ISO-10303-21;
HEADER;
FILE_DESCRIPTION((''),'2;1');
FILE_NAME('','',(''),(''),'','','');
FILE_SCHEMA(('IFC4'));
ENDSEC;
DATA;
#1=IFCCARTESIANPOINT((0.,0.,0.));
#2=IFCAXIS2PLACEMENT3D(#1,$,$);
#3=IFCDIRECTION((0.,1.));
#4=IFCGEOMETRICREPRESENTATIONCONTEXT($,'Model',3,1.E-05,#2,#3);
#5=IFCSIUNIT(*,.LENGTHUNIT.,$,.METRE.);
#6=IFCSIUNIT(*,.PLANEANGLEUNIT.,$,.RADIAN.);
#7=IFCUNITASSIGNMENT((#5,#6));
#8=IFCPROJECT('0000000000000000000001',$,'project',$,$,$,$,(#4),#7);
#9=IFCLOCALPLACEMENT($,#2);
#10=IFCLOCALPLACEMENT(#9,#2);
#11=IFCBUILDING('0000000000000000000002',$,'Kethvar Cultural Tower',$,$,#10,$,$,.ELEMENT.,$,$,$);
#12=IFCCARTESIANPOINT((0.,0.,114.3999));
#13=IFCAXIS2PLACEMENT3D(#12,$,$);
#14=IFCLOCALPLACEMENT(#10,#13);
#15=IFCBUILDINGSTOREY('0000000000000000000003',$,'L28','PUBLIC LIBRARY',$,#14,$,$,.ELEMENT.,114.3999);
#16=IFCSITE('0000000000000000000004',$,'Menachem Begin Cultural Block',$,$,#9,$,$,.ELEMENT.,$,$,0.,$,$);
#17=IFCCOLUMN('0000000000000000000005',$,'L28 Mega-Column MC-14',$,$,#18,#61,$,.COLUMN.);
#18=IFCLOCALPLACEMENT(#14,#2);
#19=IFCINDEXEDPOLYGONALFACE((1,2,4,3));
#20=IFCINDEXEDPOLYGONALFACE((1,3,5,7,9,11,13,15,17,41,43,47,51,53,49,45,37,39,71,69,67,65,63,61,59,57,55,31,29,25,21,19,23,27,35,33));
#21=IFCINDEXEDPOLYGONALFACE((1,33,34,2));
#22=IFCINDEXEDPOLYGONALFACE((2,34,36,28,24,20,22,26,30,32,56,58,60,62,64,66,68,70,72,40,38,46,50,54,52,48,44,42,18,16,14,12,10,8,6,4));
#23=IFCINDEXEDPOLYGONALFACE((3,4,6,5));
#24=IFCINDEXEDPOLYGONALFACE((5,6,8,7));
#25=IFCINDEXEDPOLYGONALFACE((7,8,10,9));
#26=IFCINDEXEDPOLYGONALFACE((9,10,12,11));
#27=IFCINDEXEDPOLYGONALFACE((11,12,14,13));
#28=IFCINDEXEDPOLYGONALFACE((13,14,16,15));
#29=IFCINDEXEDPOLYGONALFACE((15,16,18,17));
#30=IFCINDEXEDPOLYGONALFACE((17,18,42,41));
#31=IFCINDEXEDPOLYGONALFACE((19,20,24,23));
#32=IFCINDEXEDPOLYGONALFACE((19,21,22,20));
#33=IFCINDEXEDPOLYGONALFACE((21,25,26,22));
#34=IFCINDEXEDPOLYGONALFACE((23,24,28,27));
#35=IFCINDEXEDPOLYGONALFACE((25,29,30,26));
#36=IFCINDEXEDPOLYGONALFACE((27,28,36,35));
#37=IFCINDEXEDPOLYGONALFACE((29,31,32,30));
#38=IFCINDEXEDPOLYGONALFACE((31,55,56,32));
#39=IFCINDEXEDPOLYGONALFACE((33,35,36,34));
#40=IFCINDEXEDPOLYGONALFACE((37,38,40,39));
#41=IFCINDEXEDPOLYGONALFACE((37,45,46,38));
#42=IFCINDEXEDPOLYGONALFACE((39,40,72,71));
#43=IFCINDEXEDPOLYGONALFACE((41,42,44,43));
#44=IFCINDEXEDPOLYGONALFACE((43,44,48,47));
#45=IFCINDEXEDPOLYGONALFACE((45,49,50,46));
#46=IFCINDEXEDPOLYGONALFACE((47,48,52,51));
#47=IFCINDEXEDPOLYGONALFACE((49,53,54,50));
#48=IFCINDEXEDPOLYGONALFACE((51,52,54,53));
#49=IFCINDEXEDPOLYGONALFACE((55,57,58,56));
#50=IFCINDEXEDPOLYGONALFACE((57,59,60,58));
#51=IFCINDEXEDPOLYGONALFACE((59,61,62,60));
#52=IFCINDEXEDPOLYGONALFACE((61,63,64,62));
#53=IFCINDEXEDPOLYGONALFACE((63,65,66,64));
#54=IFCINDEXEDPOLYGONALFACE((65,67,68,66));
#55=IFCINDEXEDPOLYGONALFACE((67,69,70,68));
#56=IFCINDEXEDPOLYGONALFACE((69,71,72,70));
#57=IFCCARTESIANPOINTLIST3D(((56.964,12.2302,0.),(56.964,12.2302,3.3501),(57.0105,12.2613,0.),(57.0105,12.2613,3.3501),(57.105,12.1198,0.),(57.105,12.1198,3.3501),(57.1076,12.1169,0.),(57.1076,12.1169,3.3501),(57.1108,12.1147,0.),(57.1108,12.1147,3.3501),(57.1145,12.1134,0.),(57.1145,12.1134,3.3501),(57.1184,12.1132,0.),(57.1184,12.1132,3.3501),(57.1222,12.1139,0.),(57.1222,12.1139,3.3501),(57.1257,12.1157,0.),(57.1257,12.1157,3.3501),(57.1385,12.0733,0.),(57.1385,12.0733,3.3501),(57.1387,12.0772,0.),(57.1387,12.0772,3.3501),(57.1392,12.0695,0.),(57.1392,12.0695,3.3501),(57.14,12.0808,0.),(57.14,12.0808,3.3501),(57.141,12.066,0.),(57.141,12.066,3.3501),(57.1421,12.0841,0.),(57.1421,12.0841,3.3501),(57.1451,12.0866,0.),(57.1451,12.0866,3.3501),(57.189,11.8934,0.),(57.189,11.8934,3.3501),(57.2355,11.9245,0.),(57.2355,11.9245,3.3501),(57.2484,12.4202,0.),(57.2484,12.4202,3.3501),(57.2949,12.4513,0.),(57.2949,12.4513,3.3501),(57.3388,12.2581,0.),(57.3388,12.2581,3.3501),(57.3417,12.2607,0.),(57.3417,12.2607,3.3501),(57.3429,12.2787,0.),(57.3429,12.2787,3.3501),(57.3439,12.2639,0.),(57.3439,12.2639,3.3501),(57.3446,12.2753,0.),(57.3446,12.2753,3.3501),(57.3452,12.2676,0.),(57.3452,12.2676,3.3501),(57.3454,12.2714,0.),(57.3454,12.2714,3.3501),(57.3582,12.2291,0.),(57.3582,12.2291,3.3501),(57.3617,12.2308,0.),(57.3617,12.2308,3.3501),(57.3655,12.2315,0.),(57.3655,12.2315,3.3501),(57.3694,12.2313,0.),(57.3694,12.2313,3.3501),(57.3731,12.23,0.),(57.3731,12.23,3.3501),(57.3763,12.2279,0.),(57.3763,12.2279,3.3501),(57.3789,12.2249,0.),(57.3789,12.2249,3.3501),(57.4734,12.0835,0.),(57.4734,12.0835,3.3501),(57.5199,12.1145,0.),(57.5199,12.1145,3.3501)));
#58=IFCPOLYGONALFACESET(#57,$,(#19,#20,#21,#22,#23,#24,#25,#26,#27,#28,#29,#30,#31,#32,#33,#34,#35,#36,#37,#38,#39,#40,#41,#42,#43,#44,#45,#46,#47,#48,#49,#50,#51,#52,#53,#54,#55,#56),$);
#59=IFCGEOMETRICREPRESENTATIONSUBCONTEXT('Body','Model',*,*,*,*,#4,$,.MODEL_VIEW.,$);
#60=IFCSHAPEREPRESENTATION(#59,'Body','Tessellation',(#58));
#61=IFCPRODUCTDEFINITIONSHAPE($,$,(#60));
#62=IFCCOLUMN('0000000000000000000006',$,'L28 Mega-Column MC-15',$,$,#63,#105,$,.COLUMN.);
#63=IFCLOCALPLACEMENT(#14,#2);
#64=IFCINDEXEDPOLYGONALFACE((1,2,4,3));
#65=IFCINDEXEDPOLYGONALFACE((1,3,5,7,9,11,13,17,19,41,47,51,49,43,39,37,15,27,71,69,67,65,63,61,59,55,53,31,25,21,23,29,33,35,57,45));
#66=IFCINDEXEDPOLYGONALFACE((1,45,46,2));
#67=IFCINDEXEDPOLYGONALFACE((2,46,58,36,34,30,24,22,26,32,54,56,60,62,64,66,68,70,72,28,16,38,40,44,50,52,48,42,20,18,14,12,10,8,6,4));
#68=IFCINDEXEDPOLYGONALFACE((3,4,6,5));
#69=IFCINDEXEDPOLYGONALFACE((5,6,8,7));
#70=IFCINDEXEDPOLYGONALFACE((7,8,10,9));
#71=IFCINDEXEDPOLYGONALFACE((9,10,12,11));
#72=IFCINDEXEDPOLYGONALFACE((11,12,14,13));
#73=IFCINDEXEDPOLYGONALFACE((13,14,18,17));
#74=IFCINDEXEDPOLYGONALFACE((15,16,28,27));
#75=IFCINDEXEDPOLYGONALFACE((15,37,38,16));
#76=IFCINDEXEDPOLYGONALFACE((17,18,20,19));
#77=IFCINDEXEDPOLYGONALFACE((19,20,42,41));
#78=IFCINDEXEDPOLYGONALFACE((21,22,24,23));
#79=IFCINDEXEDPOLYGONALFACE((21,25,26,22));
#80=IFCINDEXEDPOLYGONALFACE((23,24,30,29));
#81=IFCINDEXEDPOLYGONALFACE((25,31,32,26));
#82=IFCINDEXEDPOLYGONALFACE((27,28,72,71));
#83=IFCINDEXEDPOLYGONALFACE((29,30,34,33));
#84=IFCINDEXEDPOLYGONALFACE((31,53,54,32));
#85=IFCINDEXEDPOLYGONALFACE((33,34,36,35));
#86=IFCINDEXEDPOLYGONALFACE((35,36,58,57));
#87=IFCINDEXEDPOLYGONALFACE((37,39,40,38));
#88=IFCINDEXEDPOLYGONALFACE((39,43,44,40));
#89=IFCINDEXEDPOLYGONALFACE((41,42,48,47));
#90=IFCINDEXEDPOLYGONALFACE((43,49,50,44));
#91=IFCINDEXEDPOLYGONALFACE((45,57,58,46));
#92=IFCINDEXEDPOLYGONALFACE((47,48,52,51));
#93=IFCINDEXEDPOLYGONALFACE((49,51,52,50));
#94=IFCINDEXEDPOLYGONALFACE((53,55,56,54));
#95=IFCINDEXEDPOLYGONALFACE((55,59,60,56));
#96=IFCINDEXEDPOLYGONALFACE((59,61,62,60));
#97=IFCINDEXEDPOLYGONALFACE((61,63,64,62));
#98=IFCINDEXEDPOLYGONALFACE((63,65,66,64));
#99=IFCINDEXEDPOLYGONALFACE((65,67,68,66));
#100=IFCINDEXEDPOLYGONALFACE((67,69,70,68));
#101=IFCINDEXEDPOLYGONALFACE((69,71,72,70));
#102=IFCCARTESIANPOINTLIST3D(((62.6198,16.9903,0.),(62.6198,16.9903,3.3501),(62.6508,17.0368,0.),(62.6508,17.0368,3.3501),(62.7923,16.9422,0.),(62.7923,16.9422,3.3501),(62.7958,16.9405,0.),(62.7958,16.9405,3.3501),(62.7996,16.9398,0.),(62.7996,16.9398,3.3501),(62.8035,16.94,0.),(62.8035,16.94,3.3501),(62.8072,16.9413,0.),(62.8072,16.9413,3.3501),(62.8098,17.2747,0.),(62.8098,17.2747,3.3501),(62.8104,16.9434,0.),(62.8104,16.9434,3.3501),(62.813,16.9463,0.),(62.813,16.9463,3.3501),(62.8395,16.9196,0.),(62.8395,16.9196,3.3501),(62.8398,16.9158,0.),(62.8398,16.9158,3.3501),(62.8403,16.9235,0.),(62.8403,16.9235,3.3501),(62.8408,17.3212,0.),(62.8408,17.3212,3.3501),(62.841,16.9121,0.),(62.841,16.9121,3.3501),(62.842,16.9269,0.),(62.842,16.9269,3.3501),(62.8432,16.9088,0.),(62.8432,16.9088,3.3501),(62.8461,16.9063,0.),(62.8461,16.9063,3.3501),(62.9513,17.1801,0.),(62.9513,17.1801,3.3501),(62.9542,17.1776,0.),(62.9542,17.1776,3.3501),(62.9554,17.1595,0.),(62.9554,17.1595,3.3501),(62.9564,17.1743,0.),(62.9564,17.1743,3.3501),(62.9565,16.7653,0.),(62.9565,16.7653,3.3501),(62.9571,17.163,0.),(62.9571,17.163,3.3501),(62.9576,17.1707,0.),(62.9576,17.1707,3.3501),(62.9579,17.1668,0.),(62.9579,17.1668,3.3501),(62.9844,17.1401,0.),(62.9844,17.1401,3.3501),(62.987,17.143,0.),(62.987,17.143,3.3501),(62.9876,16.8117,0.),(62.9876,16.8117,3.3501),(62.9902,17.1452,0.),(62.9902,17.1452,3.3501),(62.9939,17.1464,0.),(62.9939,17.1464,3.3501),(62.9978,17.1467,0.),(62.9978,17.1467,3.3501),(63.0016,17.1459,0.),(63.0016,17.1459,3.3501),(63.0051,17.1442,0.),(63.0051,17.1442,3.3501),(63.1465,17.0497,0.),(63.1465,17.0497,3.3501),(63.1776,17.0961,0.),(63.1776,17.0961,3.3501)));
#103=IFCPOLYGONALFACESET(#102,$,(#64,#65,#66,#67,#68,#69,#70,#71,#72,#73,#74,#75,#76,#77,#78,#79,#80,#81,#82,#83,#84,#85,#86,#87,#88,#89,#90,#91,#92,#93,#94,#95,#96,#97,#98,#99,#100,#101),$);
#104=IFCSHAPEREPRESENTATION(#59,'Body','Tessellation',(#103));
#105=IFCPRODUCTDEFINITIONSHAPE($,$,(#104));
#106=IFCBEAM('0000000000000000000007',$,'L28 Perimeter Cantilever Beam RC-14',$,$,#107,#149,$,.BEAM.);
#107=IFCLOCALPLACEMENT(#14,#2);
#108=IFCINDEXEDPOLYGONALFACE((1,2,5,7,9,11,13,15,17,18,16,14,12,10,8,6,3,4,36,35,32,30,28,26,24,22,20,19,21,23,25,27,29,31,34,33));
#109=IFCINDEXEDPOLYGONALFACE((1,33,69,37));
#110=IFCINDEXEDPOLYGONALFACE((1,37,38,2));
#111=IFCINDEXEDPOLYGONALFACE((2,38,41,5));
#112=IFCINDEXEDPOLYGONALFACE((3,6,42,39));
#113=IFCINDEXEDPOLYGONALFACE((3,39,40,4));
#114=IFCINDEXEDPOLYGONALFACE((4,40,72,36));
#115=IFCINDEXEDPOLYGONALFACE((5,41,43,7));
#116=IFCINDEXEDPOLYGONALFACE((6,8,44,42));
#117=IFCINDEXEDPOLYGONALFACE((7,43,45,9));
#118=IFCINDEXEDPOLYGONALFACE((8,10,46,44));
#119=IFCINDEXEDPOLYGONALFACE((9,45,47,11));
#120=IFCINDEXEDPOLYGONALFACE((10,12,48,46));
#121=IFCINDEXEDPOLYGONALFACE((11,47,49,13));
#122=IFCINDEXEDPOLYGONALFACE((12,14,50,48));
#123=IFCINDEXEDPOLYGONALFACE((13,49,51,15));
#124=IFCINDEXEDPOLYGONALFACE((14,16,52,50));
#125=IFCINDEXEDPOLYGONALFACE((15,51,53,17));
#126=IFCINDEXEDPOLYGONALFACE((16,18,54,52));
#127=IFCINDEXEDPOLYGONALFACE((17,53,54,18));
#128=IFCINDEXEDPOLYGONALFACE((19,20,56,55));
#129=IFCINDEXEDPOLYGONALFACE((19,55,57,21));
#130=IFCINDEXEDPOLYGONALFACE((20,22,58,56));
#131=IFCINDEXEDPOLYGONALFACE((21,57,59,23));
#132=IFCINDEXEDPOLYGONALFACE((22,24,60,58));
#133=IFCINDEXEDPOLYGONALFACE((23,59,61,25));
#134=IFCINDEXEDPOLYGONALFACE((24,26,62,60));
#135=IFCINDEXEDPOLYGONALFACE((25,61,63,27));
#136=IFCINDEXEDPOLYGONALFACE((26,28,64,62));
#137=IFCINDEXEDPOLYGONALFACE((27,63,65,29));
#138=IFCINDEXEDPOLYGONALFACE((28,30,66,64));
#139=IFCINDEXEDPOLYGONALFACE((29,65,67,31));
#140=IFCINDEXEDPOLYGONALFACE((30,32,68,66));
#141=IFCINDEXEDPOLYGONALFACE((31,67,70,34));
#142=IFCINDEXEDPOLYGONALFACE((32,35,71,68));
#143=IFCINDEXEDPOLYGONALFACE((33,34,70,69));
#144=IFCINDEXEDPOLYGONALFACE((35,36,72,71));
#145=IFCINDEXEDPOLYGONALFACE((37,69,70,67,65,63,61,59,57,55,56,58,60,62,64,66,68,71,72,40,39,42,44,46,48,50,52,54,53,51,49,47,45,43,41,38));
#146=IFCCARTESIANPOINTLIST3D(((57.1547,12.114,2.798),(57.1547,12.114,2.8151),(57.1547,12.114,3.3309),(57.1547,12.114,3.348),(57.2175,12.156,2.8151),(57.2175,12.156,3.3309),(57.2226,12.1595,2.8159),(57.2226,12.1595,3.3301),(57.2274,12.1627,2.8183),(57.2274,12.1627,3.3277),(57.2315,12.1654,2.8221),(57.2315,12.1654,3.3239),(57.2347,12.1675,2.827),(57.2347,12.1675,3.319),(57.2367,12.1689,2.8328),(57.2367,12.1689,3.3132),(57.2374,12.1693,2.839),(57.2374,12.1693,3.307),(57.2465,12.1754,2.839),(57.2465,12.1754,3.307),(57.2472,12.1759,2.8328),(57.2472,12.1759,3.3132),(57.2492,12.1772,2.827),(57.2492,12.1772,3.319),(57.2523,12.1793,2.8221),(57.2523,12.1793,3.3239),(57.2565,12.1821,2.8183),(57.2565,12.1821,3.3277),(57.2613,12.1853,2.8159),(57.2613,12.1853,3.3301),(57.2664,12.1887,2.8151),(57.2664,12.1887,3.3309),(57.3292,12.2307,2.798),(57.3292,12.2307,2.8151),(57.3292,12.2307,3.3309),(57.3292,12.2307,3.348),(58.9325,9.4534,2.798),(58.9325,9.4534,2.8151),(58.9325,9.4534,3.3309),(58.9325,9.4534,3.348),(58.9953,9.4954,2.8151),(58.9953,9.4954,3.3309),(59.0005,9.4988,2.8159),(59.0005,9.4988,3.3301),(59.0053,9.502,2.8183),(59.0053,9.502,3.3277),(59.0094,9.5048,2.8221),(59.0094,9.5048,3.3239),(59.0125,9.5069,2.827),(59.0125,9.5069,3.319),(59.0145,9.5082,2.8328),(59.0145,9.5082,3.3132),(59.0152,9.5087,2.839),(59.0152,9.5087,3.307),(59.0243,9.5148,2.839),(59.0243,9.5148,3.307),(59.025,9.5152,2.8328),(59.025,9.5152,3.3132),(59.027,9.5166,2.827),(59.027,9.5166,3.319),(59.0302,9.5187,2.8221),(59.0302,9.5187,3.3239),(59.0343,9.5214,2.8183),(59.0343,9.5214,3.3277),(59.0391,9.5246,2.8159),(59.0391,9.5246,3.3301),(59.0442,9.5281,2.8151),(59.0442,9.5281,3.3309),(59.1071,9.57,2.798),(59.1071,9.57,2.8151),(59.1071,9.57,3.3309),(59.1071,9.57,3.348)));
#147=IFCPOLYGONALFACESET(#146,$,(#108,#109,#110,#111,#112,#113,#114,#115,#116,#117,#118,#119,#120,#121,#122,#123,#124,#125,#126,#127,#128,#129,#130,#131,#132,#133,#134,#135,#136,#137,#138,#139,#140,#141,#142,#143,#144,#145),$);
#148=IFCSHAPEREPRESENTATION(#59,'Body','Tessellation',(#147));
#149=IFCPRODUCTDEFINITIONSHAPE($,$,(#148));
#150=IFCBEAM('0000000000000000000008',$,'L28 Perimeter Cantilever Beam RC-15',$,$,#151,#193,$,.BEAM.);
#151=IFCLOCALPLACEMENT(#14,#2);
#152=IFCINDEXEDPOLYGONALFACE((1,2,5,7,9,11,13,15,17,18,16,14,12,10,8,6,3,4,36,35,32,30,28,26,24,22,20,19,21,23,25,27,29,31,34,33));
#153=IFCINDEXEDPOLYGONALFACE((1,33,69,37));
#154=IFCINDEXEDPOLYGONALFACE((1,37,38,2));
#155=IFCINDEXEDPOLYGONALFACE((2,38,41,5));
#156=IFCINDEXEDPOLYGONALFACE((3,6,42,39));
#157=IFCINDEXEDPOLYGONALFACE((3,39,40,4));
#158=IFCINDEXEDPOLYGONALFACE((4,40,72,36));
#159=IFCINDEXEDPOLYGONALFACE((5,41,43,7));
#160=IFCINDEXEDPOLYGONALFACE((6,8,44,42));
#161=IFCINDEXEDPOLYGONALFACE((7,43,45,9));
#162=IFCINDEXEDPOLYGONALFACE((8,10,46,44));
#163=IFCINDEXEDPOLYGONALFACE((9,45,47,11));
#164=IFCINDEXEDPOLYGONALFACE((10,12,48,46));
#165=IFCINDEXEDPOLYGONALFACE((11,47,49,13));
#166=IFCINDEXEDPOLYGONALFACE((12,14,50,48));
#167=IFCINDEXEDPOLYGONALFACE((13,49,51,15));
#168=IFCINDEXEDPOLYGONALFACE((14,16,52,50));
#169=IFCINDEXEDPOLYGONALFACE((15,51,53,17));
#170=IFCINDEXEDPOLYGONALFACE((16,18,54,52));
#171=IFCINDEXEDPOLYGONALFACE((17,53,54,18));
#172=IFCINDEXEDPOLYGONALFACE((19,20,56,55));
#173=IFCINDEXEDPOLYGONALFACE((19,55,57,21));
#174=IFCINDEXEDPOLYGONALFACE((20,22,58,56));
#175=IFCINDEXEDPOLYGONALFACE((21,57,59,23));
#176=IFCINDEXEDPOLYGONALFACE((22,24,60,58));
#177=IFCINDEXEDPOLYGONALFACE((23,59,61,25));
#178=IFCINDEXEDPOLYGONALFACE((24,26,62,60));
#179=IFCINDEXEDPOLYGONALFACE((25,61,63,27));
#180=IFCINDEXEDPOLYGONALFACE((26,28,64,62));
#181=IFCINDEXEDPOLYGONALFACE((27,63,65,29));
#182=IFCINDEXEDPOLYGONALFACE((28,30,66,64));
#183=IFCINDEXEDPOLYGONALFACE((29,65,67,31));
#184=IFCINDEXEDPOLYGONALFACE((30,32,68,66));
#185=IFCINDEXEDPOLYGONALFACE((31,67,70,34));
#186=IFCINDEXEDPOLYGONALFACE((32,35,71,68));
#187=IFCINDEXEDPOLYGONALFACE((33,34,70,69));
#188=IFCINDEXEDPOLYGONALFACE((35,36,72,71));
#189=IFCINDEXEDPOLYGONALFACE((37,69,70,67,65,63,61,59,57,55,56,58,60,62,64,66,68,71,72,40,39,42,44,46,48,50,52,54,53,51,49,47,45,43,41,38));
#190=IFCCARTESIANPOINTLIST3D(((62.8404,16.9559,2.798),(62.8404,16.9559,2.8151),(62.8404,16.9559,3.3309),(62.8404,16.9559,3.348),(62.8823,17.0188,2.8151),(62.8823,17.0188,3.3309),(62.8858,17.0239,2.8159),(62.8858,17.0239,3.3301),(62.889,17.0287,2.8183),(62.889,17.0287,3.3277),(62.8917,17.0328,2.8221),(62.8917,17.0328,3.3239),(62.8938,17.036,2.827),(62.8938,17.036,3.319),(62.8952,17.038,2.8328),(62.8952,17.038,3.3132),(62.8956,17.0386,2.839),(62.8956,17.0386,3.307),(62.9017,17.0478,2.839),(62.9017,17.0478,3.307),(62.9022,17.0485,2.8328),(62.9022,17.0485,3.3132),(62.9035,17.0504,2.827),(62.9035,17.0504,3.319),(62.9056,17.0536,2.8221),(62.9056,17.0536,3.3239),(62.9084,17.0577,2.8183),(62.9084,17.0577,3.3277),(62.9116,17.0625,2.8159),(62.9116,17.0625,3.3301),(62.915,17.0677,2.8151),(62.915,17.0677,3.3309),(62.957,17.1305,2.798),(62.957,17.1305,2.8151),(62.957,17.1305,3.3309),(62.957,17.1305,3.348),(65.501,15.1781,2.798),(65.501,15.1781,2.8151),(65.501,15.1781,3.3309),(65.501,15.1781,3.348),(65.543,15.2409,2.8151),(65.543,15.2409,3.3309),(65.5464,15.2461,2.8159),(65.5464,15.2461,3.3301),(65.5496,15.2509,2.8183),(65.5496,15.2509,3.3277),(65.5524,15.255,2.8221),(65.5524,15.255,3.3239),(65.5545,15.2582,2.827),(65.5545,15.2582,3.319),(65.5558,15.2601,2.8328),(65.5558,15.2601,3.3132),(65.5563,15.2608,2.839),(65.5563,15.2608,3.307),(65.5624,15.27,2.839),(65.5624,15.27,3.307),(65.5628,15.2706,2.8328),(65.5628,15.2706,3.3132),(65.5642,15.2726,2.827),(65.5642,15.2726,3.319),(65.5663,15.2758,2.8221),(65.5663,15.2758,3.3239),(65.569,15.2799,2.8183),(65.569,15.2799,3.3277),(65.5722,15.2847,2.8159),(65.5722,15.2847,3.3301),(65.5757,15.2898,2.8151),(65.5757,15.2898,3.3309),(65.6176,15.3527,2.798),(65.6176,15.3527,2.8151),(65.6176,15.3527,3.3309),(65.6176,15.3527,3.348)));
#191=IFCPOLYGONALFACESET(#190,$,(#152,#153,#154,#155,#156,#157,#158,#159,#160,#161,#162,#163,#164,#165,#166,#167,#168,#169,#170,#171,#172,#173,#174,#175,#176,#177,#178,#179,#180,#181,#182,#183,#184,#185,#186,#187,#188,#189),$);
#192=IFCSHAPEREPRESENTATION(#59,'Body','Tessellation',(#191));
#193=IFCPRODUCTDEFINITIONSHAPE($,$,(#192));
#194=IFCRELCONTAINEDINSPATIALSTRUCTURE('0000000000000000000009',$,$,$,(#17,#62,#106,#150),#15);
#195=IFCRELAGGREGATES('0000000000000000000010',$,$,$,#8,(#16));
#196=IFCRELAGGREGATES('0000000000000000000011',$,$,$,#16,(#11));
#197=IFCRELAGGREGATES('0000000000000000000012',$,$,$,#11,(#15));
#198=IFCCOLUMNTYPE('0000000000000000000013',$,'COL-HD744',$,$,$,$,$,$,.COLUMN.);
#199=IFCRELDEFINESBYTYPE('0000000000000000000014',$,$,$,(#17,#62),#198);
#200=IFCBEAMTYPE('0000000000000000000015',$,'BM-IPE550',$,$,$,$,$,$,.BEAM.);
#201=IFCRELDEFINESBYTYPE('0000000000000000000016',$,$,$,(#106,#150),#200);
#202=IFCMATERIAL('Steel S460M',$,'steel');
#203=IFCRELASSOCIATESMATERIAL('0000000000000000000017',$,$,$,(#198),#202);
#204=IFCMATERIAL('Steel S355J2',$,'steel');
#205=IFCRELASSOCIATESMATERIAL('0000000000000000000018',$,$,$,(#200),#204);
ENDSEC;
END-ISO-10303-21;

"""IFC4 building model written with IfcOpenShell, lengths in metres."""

from ifc_helpers import new_model, si_unit, direction, frame, origin, origin_2d, place, context, subcontext, project, spatial, i_section, extrude, source, transform, mapped, material, material_profile, profile_set, type_object, element, save


model = new_model("IFC4")

# Units and contexts
model_context = context("Model", 3, precision=1e-05, world=origin(), true_north=direction((0.0, 1.0)))
body_context = subcontext(model_context, "Body", "Model", "MODEL_VIEW")
ifc_project = project(units=[si_unit("LENGTHUNIT", "METRE"), si_unit("PLANEANGLEUNIT", "RADIAN")], contexts=[model_context])

# Site, building, storey
site_placement = place(None, origin())
site = spatial("IfcSite", under=ifc_project, at=site_placement, Name="Menachem Begin Cultural Block", CompositionType="ELEMENT", RefElevation=0.0)
building_placement = place(site_placement, origin())
building = spatial("IfcBuilding", under=site, at=building_placement, Name="Kethvar Cultural Tower", CompositionType="ELEMENT")
storey_placement = place(building_placement, frame((0.0, 0.0, 114.3999)))
storey = spatial("IfcBuildingStorey", under=building, at=storey_placement, Name="L28", Description="PUBLIC LIBRARY", CompositionType="ELEMENT", Elevation=114.3999)

# Columns
ifc_material_1 = material(Name="Steel S460M", Category="steel")
ifc_material_profile_1 = material_profile(ifc_material_1, i_section(OverallWidth=0.405, OverallDepth=0.3979, WebThickness=0.0349, FlangeThickness=0.0559, FilletRadius=0.0149, at=origin_2d()), Name="Steel S460M — HD400x744")
ifc_profile_set_1 = profile_set([ifc_material_profile_1], Name="Steel S460M — HD400x744")
column_type = type_object("IfcColumnType", Name="COL-HD744", PredefinedType="COLUMN", material=ifc_profile_set_1)
shared_shape_1 = source(origin(), body_context, "Body", "SweptSolid", [
    extrude(i_section(OverallWidth=0.405, OverallDepth=0.3979, WebThickness=0.0349, FlangeThickness=0.0559, FilletRadius=0.0149, at=origin_2d()), origin(), (0.0, 0.0, 1.0), 3.3501),
])
for number, where, z_axis, x_axis, name in (
    (1, (57.2419, 12.1724, 0.0), (0.0, 0.0, 1.0), (0.55557, -0.83147, 0.0), "L28 Mega-Column MC-14"),
    (2, (62.8987, 17.0432, 0.0), (0.0, 0.0, 1.0), (0.83147, -0.55557, 0.0), "L28 Mega-Column MC-15"),
):
    element("IfcColumn", number, at=place(storey_placement, frame(where, z_axis=z_axis, x_axis=x_axis)), inside=storey, type_object=column_type, Name=name, PredefinedType="COLUMN", context=body_context, shape_type="MappedRepresentation", body=[
        mapped(shared_shape_1, transform((0.0, 0.0, 0.0), scale=1.0)),
    ])

# Beams
ifc_material_2 = material(Name="Steel S355J2", Category="steel")
ifc_material_profile_2 = material_profile(ifc_material_2, i_section(OverallWidth=0.21, OverallDepth=0.55, WebThickness=0.011, FlangeThickness=0.0171, FilletRadius=0.0239, at=origin_2d()), Name="Steel S355J2 — IPE550")
ifc_profile_set_2 = profile_set([ifc_material_profile_2], Name="Steel S355J2 — IPE550")
beam_type_1 = type_object("IfcBeamType", Name="BM-IPE550", PredefinedType="BEAM", material=ifc_profile_set_2)
shared_shape_2 = source(origin(), body_context, "Body", "SweptSolid", [
    extrude(i_section(OverallWidth=0.21, OverallDepth=0.55, WebThickness=0.011, FlangeThickness=0.0171, FilletRadius=0.0239, at=origin_2d()), origin(), (0.0, 0.0, 1.0), 3.2),
])
for number, where, z_axis, x_axis, name in (
    (3, (57.2419, 12.1724, 3.073), (0.55558, -0.831463, 0.0), (0.831463, 0.55558, 0.0), "L28 Perimeter Cantilever Beam RC-14"),
    (4, (62.8987, 17.0432, 3.073), (0.831463, -0.55558, 0.0), (0.55558, 0.831463, 0.0), "L28 Perimeter Cantilever Beam RC-15"),
):
    element("IfcBeam", number, at=place(storey_placement, frame(where, z_axis=z_axis, x_axis=x_axis)), inside=storey, type_object=beam_type_1, Name=name, PredefinedType="BEAM", context=body_context, shape_type="MappedRepresentation", body=[
        mapped(shared_shape_2, transform((0.0, 0.0, 0.0), scale=1.0)),
    ])

save(model, "model.ifc")
